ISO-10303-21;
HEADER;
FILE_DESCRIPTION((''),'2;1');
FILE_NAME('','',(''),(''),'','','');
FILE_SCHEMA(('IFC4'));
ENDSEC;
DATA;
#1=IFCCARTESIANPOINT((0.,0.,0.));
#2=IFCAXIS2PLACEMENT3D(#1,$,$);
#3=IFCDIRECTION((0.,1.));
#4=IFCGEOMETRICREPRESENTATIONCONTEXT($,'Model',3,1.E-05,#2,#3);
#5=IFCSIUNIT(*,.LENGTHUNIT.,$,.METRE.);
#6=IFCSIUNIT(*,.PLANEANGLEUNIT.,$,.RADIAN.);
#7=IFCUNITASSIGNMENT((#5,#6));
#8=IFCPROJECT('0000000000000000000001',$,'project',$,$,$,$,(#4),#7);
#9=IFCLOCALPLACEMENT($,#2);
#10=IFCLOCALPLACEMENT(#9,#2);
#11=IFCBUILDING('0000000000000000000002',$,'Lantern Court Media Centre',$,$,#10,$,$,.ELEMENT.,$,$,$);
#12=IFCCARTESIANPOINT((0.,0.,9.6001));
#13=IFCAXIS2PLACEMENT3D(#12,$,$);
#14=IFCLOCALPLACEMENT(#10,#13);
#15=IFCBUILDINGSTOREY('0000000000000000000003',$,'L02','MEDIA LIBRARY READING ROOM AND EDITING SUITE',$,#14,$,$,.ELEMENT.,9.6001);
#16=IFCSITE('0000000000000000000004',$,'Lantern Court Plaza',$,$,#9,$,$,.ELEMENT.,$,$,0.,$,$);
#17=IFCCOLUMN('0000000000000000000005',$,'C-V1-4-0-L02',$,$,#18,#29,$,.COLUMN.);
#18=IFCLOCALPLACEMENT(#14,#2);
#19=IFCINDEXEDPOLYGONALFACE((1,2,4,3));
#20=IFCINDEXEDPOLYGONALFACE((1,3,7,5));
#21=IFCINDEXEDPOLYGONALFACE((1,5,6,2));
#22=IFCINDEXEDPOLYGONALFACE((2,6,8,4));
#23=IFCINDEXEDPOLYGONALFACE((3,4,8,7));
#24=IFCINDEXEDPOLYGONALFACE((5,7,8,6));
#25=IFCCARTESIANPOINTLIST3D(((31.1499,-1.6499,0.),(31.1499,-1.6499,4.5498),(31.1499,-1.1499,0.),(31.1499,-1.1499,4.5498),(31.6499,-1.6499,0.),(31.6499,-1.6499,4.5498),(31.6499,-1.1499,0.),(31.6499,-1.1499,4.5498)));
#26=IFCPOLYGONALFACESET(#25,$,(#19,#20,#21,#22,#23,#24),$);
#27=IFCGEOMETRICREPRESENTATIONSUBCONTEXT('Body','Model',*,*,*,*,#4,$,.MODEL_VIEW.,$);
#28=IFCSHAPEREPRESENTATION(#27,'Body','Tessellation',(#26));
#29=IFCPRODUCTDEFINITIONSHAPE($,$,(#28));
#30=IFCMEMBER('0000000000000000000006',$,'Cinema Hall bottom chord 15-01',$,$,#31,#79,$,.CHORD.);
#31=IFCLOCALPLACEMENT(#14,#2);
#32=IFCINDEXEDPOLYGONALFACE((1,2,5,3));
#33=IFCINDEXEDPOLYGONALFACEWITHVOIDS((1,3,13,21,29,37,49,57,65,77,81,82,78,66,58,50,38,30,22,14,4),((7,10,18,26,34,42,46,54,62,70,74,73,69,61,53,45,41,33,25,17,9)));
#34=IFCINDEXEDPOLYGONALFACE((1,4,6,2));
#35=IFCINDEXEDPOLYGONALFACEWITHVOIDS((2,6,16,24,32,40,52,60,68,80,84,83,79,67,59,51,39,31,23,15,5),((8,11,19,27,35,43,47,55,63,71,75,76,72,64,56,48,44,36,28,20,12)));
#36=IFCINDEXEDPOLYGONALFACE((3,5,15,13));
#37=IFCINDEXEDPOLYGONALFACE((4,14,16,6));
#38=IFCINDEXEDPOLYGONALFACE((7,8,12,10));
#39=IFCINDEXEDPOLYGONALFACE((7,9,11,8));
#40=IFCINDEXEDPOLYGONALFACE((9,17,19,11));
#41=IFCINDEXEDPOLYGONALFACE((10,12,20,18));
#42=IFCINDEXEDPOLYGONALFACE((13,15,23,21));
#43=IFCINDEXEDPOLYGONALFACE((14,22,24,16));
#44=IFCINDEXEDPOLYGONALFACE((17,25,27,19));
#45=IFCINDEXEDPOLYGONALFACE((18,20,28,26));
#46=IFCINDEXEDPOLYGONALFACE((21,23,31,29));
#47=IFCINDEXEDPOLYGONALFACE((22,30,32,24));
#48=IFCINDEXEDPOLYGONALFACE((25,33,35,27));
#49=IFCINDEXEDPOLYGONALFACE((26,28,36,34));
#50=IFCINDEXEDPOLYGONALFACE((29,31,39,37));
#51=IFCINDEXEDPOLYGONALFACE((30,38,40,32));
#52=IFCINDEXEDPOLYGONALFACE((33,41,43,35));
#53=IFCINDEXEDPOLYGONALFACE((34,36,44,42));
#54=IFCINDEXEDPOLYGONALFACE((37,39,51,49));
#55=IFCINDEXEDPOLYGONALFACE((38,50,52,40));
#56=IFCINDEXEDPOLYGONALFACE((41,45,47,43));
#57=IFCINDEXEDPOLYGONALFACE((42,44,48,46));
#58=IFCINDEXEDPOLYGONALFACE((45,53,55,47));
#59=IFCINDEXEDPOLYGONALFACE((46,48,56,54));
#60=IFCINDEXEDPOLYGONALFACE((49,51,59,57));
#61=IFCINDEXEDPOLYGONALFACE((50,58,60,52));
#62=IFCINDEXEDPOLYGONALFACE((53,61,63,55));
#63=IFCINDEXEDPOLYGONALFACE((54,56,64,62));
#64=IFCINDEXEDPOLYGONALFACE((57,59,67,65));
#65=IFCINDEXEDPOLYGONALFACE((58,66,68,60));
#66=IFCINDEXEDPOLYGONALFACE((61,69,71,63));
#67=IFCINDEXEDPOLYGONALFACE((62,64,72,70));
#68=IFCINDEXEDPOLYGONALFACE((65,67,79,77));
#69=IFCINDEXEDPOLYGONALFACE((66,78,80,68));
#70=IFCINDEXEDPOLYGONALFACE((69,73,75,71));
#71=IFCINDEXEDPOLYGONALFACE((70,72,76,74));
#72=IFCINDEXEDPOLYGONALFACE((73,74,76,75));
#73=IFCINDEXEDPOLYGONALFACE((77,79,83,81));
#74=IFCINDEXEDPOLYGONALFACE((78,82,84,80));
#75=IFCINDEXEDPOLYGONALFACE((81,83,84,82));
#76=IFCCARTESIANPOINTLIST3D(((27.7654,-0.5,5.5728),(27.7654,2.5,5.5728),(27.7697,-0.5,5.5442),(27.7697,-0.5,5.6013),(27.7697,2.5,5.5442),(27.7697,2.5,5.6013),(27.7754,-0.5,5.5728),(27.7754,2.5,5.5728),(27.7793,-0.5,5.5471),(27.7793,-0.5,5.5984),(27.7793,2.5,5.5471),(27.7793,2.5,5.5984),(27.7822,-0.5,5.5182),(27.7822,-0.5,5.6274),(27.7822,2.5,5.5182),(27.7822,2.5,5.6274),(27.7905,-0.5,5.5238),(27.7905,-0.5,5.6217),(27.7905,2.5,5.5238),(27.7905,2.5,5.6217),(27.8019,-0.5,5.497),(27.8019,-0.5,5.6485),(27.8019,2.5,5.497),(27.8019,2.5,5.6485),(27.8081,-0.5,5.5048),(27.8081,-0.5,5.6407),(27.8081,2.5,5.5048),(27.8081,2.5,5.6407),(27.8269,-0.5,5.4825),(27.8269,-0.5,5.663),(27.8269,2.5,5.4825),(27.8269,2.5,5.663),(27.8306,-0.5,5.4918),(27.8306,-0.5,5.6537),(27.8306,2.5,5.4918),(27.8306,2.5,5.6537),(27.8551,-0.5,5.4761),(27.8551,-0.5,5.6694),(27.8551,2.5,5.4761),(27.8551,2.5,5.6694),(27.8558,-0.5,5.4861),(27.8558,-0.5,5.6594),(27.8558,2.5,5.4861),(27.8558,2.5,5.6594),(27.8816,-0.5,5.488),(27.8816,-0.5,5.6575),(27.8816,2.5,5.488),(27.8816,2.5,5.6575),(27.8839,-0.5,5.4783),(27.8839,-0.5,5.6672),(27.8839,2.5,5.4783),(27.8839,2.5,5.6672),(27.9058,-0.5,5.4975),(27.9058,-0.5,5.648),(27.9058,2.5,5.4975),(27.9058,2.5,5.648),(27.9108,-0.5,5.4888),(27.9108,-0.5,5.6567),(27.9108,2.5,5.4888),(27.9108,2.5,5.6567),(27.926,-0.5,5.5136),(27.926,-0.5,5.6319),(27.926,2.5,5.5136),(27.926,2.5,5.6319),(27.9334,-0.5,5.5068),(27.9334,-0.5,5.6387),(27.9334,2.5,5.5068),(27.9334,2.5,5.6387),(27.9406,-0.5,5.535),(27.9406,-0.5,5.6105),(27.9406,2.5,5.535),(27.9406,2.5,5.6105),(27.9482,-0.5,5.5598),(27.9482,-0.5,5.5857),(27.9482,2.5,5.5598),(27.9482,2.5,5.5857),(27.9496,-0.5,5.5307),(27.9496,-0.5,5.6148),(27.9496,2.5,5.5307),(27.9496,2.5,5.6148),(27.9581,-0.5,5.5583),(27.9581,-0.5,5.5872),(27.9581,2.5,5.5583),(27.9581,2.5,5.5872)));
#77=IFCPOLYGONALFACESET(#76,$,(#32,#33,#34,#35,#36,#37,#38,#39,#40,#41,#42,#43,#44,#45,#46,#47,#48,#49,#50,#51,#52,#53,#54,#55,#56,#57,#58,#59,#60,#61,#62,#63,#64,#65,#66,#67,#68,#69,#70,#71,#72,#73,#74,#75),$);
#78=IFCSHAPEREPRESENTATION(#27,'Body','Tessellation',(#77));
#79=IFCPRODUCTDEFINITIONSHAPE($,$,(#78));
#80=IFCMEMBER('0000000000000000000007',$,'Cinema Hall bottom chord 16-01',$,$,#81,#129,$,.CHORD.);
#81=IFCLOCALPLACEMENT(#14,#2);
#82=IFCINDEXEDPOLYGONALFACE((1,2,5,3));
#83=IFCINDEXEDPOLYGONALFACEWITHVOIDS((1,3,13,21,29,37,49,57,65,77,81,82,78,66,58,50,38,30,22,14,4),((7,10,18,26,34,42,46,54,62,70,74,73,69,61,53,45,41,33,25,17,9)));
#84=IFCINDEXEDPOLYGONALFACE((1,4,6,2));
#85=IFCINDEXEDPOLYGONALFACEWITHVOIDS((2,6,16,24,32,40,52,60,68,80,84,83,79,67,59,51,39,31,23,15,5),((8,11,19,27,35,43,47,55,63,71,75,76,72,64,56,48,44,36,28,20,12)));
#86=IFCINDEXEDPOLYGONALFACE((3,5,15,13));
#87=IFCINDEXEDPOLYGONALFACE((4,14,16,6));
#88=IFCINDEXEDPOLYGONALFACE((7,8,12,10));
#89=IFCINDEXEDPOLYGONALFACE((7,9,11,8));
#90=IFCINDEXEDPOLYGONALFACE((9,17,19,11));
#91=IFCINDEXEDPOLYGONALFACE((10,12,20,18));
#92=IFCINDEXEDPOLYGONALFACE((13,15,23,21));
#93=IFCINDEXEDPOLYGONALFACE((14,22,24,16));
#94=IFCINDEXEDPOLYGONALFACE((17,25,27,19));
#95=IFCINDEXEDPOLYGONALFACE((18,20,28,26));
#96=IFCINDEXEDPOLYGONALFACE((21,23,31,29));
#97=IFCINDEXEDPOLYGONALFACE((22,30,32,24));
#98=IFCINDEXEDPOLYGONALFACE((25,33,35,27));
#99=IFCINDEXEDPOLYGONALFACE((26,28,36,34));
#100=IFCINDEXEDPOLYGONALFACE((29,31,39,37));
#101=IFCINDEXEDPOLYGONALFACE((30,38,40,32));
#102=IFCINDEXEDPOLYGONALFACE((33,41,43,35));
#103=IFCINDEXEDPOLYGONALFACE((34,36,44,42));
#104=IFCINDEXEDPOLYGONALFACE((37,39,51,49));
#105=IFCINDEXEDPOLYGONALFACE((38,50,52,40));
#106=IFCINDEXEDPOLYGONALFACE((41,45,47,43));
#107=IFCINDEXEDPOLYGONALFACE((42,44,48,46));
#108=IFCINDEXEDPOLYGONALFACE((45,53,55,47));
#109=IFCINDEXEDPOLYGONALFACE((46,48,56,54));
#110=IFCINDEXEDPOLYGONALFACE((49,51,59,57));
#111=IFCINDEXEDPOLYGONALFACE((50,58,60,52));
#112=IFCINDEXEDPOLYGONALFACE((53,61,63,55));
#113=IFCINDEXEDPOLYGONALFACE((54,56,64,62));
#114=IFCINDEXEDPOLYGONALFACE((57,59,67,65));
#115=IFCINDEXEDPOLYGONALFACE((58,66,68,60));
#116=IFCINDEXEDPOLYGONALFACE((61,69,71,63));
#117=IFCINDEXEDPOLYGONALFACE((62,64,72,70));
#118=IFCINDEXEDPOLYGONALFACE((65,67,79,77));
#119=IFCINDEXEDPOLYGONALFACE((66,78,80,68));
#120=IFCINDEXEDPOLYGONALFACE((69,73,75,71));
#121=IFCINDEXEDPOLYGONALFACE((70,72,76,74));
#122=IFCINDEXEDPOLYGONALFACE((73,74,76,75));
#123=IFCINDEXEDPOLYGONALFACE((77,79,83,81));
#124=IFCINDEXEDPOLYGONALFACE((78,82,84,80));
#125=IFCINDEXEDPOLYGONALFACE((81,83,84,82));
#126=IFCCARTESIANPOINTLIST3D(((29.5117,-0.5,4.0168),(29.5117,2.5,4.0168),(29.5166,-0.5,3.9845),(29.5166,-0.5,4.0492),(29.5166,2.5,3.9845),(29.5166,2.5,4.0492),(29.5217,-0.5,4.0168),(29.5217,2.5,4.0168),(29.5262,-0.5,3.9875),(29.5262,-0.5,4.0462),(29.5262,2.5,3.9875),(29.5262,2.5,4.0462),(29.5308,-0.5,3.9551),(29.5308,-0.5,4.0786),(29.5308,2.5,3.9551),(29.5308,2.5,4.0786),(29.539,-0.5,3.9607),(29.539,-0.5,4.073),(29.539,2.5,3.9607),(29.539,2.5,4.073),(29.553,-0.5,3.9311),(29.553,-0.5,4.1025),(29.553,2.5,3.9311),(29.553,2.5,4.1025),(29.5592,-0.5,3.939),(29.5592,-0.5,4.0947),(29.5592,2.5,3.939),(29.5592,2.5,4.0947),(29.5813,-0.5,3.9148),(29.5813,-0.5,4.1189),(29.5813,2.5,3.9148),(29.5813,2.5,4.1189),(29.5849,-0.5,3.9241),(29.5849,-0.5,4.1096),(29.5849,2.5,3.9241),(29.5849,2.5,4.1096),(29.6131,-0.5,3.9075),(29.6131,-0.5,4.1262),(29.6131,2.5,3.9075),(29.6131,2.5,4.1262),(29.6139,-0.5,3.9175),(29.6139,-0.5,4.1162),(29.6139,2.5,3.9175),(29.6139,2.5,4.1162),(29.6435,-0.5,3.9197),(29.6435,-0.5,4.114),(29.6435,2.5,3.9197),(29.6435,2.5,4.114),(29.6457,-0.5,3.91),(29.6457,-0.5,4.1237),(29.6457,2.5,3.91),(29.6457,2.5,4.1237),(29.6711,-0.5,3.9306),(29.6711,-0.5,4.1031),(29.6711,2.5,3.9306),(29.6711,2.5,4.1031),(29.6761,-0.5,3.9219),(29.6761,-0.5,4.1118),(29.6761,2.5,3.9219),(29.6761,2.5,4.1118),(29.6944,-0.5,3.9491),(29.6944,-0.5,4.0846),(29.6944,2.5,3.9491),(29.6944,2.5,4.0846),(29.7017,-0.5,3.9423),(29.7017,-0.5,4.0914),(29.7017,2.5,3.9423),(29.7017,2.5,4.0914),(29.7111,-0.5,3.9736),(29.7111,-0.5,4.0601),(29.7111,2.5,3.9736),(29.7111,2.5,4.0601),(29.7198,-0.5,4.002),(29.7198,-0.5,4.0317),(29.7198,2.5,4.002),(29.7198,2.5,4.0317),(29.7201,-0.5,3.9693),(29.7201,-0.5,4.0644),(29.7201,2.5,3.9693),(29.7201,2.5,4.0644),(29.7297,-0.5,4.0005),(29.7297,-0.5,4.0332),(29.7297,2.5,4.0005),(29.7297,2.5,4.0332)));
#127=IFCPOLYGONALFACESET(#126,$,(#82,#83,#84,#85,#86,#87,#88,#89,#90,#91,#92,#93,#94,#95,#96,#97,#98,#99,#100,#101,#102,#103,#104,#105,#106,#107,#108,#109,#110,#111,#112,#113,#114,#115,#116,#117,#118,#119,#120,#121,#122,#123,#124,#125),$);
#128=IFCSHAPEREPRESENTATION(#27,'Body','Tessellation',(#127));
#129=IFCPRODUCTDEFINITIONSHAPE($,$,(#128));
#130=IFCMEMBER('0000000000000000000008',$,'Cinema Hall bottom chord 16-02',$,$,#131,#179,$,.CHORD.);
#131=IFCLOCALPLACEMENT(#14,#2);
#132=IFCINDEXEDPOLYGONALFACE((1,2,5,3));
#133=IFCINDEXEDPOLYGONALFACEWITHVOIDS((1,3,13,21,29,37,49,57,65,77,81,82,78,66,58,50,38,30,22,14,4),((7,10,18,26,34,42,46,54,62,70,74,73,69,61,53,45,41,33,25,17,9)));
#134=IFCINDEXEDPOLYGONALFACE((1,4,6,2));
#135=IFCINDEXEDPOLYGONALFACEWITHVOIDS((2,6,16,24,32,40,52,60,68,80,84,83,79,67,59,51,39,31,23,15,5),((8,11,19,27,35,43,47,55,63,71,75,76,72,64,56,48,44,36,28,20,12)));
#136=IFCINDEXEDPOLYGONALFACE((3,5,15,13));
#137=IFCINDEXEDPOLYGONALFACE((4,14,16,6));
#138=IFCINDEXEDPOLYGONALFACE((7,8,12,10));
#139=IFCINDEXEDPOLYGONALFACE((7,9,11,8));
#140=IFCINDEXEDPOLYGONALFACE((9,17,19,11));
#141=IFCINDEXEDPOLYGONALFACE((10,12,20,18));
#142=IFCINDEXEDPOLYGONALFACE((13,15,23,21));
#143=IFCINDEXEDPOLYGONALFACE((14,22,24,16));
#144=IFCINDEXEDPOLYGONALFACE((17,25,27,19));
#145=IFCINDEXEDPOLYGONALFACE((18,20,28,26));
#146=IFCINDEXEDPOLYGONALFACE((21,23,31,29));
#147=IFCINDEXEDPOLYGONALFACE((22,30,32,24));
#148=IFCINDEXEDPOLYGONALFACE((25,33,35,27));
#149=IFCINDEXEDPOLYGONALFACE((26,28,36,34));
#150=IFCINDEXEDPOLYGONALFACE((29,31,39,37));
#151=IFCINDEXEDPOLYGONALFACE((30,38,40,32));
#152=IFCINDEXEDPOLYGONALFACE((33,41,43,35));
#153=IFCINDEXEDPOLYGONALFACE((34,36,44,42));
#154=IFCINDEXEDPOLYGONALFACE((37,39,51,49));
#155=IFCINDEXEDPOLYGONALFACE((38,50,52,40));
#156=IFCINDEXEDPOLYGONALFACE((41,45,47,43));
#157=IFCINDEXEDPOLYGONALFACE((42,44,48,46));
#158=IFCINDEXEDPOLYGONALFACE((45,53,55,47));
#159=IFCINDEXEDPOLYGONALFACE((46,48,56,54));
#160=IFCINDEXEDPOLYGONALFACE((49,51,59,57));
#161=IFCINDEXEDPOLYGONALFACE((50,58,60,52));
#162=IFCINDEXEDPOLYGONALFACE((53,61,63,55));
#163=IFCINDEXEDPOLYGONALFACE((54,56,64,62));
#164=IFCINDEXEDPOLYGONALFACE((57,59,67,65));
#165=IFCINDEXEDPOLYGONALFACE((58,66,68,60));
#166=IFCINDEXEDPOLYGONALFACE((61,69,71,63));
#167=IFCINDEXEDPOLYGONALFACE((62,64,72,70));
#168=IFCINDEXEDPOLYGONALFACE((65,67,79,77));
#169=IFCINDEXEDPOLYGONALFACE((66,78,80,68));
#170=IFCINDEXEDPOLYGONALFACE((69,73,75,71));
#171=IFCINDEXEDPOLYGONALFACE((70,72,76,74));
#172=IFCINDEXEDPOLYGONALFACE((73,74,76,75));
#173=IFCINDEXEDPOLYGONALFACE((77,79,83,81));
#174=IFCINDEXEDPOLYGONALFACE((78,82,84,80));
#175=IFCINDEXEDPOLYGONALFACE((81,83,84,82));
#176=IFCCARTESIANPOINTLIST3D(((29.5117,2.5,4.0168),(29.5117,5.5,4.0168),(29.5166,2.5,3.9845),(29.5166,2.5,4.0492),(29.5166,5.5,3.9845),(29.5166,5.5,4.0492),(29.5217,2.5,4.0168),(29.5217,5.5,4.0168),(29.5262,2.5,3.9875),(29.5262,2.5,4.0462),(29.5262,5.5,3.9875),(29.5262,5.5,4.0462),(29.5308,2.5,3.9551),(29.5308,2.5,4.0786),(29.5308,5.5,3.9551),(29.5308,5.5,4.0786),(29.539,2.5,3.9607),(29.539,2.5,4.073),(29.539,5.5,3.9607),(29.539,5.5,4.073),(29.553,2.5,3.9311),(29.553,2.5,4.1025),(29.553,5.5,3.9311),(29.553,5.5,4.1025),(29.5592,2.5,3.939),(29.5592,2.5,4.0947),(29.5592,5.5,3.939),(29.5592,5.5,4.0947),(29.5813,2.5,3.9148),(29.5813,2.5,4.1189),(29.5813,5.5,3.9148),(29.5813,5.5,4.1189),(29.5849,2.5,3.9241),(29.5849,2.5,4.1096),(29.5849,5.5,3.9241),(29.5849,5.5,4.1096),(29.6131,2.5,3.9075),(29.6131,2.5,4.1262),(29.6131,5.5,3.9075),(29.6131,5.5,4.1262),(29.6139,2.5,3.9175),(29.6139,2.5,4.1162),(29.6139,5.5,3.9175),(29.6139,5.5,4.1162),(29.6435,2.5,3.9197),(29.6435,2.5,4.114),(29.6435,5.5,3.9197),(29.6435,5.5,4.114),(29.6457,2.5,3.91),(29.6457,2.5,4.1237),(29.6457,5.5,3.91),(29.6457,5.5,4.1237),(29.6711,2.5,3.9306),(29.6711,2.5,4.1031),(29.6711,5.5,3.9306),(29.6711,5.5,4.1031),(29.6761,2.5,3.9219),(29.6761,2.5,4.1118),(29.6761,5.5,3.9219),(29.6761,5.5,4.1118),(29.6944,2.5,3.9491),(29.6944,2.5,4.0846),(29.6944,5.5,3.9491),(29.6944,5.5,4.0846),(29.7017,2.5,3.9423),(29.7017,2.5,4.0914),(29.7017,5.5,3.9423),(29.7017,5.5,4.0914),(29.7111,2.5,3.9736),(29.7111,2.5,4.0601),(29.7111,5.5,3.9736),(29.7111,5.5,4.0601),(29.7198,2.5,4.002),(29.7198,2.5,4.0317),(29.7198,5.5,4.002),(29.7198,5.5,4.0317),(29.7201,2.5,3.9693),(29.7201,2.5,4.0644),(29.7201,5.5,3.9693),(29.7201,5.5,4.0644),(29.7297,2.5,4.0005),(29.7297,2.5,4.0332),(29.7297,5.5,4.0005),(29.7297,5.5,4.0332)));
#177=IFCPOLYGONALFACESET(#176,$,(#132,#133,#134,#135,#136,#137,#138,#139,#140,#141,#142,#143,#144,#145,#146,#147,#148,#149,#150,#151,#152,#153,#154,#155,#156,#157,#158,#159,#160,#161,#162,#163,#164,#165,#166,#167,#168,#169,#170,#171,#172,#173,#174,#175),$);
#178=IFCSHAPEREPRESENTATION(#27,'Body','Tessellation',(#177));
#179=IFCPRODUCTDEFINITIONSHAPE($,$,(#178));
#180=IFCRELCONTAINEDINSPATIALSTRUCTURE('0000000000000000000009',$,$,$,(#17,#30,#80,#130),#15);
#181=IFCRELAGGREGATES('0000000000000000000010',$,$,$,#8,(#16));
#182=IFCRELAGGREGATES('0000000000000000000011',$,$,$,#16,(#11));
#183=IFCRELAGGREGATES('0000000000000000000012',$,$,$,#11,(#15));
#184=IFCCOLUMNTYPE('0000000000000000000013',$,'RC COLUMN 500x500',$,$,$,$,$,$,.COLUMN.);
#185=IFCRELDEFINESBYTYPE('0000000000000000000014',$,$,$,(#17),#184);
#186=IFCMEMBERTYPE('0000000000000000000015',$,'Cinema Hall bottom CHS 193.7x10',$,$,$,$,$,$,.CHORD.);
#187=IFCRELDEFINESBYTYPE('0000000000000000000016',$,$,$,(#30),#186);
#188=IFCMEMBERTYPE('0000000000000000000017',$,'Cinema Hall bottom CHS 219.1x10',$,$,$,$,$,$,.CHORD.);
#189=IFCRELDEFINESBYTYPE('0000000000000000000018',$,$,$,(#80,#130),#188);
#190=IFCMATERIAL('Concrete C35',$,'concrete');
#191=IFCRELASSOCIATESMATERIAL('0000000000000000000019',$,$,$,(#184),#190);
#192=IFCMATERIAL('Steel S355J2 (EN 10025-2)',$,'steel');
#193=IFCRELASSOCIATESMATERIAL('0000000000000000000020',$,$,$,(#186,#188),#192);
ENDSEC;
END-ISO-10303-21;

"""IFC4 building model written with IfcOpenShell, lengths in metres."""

from ifc_helpers import new_model, si_unit, direction, frame, origin, origin_2d, place, context, subcontext, project, spatial, rectangle, hollow_circle, extrude, material, material_profile, profile_set, type_object, element, save


model = new_model("IFC4")

# Units and contexts
model_context = context("Model", 3, precision=1e-05, world=origin(), true_north=direction((0.0, 1.0)))
body_context = subcontext(model_context, "Body", "Model", "MODEL_VIEW")
ifc_project = project(units=[si_unit("LENGTHUNIT", "METRE"), si_unit("PLANEANGLEUNIT", "RADIAN")], contexts=[model_context])

# Site, building, storey
site_placement = place(None, origin())
site = spatial("IfcSite", under=ifc_project, at=site_placement, Name="Lantern Court Plaza", CompositionType="ELEMENT", RefElevation=0.0)
building_placement = place(site_placement, origin())
building = spatial("IfcBuilding", under=site, at=building_placement, Name="Lantern Court Media Centre", CompositionType="ELEMENT")
storey_placement = place(building_placement, frame((0.0, 0.0, 9.6001)))
storey = spatial("IfcBuildingStorey", under=building, at=storey_placement, Name="L02", Description="MEDIA LIBRARY READING ROOM AND EDITING SUITE", CompositionType="ELEMENT", Elevation=9.6001)

# Column
ifc_material_1 = material(Name="Concrete C35", Category="concrete")
ifc_material_profile_1 = material_profile(ifc_material_1, rectangle(XDim=0.5, YDim=0.5, at=origin_2d()), Name="RC 500x500")
ifc_profile_set_1 = profile_set([ifc_material_profile_1], Name="Concrete C35")
column_type = type_object("IfcColumnType", Name="RC COLUMN 500x500", PredefinedType="COLUMN", material=ifc_profile_set_1)
column_placement = place(storey_placement, frame((31.3999, -1.3999, 0.0), z_axis=(0.0, 0.0, 1.0), x_axis=(1.0, 0.0, 0.0)))
element("IfcColumn", 1, at=column_placement, inside=storey, type_object=column_type, Name="C-V1-4-0-L02", PredefinedType="COLUMN", context=body_context, shape_type="SweptSolid", body=[
    extrude(rectangle(XDim=0.5, YDim=0.5, at=origin_2d()), origin(), (0.0, 0.0, 1.0), 4.5498),
])

# Members
ifc_material_2 = material(Name="Steel S355J2 (EN 10025-2)", Category="steel")
ifc_material_profile_2 = material_profile(ifc_material_2, hollow_circle(Radius=0.0969, WallThickness=0.01, at=origin_2d()), Name="Cinema Hall bottom CHS 193.7x10")
ifc_profile_set_2 = profile_set([ifc_material_profile_2], Name="Steel S355J2 (EN 10025-2)")
member_type_1 = type_object("IfcMemberType", Name="Cinema Hall bottom CHS 193.7x10", PredefinedType="CHORD", material=ifc_profile_set_2)
member_placement = place(storey_placement, frame((27.8623, -0.5, 5.5728), z_axis=(0.0, 1.0, 0.0), x_axis=(-1.0, 0.0, 0.0)))
element("IfcMember", 2, at=member_placement, inside=storey, type_object=member_type_1, Name="Cinema Hall bottom chord 15-01", PredefinedType="CHORD", context=body_context, shape_type="SweptSolid", body=[
    extrude(hollow_circle(Radius=0.0969, WallThickness=0.01, at=origin_2d()), origin(), (0.0, 0.0, 1.0), 3.0),
])
ifc_material_profile_3 = material_profile(ifc_material_2, hollow_circle(Radius=0.1096, WallThickness=0.01, at=origin_2d()), Name="Cinema Hall bottom CHS 219.1x10")
ifc_profile_set_3 = profile_set([ifc_material_profile_3], Name="Steel S355J2 (EN 10025-2)")
member_type_2 = type_object("IfcMemberType", Name="Cinema Hall bottom CHS 219.1x10", PredefinedType="CHORD", material=ifc_profile_set_3)
for number, where, z_axis, x_axis, name in (
    (3, (29.6213, -0.5, 4.0168), (0.0, 1.0, 0.0), (-1.0, 0.0, 0.0), "Cinema Hall bottom chord 16-01"),
    (4, (29.6213, 2.5, 4.0168), (0.0, 1.0, 0.0), (-1.0, 0.0, 0.0), "Cinema Hall bottom chord 16-02"),
):
    element("IfcMember", number, at=place(storey_placement, frame(where, z_axis=z_axis, x_axis=x_axis)), inside=storey, type_object=member_type_2, Name=name, PredefinedType="CHORD", context=body_context, shape_type="SweptSolid", body=[
        extrude(hollow_circle(Radius=0.1096, WallThickness=0.01, at=origin_2d()), origin(), (0.0, 0.0, 1.0), 3.0),
    ])

save(model, "model.ifc")
